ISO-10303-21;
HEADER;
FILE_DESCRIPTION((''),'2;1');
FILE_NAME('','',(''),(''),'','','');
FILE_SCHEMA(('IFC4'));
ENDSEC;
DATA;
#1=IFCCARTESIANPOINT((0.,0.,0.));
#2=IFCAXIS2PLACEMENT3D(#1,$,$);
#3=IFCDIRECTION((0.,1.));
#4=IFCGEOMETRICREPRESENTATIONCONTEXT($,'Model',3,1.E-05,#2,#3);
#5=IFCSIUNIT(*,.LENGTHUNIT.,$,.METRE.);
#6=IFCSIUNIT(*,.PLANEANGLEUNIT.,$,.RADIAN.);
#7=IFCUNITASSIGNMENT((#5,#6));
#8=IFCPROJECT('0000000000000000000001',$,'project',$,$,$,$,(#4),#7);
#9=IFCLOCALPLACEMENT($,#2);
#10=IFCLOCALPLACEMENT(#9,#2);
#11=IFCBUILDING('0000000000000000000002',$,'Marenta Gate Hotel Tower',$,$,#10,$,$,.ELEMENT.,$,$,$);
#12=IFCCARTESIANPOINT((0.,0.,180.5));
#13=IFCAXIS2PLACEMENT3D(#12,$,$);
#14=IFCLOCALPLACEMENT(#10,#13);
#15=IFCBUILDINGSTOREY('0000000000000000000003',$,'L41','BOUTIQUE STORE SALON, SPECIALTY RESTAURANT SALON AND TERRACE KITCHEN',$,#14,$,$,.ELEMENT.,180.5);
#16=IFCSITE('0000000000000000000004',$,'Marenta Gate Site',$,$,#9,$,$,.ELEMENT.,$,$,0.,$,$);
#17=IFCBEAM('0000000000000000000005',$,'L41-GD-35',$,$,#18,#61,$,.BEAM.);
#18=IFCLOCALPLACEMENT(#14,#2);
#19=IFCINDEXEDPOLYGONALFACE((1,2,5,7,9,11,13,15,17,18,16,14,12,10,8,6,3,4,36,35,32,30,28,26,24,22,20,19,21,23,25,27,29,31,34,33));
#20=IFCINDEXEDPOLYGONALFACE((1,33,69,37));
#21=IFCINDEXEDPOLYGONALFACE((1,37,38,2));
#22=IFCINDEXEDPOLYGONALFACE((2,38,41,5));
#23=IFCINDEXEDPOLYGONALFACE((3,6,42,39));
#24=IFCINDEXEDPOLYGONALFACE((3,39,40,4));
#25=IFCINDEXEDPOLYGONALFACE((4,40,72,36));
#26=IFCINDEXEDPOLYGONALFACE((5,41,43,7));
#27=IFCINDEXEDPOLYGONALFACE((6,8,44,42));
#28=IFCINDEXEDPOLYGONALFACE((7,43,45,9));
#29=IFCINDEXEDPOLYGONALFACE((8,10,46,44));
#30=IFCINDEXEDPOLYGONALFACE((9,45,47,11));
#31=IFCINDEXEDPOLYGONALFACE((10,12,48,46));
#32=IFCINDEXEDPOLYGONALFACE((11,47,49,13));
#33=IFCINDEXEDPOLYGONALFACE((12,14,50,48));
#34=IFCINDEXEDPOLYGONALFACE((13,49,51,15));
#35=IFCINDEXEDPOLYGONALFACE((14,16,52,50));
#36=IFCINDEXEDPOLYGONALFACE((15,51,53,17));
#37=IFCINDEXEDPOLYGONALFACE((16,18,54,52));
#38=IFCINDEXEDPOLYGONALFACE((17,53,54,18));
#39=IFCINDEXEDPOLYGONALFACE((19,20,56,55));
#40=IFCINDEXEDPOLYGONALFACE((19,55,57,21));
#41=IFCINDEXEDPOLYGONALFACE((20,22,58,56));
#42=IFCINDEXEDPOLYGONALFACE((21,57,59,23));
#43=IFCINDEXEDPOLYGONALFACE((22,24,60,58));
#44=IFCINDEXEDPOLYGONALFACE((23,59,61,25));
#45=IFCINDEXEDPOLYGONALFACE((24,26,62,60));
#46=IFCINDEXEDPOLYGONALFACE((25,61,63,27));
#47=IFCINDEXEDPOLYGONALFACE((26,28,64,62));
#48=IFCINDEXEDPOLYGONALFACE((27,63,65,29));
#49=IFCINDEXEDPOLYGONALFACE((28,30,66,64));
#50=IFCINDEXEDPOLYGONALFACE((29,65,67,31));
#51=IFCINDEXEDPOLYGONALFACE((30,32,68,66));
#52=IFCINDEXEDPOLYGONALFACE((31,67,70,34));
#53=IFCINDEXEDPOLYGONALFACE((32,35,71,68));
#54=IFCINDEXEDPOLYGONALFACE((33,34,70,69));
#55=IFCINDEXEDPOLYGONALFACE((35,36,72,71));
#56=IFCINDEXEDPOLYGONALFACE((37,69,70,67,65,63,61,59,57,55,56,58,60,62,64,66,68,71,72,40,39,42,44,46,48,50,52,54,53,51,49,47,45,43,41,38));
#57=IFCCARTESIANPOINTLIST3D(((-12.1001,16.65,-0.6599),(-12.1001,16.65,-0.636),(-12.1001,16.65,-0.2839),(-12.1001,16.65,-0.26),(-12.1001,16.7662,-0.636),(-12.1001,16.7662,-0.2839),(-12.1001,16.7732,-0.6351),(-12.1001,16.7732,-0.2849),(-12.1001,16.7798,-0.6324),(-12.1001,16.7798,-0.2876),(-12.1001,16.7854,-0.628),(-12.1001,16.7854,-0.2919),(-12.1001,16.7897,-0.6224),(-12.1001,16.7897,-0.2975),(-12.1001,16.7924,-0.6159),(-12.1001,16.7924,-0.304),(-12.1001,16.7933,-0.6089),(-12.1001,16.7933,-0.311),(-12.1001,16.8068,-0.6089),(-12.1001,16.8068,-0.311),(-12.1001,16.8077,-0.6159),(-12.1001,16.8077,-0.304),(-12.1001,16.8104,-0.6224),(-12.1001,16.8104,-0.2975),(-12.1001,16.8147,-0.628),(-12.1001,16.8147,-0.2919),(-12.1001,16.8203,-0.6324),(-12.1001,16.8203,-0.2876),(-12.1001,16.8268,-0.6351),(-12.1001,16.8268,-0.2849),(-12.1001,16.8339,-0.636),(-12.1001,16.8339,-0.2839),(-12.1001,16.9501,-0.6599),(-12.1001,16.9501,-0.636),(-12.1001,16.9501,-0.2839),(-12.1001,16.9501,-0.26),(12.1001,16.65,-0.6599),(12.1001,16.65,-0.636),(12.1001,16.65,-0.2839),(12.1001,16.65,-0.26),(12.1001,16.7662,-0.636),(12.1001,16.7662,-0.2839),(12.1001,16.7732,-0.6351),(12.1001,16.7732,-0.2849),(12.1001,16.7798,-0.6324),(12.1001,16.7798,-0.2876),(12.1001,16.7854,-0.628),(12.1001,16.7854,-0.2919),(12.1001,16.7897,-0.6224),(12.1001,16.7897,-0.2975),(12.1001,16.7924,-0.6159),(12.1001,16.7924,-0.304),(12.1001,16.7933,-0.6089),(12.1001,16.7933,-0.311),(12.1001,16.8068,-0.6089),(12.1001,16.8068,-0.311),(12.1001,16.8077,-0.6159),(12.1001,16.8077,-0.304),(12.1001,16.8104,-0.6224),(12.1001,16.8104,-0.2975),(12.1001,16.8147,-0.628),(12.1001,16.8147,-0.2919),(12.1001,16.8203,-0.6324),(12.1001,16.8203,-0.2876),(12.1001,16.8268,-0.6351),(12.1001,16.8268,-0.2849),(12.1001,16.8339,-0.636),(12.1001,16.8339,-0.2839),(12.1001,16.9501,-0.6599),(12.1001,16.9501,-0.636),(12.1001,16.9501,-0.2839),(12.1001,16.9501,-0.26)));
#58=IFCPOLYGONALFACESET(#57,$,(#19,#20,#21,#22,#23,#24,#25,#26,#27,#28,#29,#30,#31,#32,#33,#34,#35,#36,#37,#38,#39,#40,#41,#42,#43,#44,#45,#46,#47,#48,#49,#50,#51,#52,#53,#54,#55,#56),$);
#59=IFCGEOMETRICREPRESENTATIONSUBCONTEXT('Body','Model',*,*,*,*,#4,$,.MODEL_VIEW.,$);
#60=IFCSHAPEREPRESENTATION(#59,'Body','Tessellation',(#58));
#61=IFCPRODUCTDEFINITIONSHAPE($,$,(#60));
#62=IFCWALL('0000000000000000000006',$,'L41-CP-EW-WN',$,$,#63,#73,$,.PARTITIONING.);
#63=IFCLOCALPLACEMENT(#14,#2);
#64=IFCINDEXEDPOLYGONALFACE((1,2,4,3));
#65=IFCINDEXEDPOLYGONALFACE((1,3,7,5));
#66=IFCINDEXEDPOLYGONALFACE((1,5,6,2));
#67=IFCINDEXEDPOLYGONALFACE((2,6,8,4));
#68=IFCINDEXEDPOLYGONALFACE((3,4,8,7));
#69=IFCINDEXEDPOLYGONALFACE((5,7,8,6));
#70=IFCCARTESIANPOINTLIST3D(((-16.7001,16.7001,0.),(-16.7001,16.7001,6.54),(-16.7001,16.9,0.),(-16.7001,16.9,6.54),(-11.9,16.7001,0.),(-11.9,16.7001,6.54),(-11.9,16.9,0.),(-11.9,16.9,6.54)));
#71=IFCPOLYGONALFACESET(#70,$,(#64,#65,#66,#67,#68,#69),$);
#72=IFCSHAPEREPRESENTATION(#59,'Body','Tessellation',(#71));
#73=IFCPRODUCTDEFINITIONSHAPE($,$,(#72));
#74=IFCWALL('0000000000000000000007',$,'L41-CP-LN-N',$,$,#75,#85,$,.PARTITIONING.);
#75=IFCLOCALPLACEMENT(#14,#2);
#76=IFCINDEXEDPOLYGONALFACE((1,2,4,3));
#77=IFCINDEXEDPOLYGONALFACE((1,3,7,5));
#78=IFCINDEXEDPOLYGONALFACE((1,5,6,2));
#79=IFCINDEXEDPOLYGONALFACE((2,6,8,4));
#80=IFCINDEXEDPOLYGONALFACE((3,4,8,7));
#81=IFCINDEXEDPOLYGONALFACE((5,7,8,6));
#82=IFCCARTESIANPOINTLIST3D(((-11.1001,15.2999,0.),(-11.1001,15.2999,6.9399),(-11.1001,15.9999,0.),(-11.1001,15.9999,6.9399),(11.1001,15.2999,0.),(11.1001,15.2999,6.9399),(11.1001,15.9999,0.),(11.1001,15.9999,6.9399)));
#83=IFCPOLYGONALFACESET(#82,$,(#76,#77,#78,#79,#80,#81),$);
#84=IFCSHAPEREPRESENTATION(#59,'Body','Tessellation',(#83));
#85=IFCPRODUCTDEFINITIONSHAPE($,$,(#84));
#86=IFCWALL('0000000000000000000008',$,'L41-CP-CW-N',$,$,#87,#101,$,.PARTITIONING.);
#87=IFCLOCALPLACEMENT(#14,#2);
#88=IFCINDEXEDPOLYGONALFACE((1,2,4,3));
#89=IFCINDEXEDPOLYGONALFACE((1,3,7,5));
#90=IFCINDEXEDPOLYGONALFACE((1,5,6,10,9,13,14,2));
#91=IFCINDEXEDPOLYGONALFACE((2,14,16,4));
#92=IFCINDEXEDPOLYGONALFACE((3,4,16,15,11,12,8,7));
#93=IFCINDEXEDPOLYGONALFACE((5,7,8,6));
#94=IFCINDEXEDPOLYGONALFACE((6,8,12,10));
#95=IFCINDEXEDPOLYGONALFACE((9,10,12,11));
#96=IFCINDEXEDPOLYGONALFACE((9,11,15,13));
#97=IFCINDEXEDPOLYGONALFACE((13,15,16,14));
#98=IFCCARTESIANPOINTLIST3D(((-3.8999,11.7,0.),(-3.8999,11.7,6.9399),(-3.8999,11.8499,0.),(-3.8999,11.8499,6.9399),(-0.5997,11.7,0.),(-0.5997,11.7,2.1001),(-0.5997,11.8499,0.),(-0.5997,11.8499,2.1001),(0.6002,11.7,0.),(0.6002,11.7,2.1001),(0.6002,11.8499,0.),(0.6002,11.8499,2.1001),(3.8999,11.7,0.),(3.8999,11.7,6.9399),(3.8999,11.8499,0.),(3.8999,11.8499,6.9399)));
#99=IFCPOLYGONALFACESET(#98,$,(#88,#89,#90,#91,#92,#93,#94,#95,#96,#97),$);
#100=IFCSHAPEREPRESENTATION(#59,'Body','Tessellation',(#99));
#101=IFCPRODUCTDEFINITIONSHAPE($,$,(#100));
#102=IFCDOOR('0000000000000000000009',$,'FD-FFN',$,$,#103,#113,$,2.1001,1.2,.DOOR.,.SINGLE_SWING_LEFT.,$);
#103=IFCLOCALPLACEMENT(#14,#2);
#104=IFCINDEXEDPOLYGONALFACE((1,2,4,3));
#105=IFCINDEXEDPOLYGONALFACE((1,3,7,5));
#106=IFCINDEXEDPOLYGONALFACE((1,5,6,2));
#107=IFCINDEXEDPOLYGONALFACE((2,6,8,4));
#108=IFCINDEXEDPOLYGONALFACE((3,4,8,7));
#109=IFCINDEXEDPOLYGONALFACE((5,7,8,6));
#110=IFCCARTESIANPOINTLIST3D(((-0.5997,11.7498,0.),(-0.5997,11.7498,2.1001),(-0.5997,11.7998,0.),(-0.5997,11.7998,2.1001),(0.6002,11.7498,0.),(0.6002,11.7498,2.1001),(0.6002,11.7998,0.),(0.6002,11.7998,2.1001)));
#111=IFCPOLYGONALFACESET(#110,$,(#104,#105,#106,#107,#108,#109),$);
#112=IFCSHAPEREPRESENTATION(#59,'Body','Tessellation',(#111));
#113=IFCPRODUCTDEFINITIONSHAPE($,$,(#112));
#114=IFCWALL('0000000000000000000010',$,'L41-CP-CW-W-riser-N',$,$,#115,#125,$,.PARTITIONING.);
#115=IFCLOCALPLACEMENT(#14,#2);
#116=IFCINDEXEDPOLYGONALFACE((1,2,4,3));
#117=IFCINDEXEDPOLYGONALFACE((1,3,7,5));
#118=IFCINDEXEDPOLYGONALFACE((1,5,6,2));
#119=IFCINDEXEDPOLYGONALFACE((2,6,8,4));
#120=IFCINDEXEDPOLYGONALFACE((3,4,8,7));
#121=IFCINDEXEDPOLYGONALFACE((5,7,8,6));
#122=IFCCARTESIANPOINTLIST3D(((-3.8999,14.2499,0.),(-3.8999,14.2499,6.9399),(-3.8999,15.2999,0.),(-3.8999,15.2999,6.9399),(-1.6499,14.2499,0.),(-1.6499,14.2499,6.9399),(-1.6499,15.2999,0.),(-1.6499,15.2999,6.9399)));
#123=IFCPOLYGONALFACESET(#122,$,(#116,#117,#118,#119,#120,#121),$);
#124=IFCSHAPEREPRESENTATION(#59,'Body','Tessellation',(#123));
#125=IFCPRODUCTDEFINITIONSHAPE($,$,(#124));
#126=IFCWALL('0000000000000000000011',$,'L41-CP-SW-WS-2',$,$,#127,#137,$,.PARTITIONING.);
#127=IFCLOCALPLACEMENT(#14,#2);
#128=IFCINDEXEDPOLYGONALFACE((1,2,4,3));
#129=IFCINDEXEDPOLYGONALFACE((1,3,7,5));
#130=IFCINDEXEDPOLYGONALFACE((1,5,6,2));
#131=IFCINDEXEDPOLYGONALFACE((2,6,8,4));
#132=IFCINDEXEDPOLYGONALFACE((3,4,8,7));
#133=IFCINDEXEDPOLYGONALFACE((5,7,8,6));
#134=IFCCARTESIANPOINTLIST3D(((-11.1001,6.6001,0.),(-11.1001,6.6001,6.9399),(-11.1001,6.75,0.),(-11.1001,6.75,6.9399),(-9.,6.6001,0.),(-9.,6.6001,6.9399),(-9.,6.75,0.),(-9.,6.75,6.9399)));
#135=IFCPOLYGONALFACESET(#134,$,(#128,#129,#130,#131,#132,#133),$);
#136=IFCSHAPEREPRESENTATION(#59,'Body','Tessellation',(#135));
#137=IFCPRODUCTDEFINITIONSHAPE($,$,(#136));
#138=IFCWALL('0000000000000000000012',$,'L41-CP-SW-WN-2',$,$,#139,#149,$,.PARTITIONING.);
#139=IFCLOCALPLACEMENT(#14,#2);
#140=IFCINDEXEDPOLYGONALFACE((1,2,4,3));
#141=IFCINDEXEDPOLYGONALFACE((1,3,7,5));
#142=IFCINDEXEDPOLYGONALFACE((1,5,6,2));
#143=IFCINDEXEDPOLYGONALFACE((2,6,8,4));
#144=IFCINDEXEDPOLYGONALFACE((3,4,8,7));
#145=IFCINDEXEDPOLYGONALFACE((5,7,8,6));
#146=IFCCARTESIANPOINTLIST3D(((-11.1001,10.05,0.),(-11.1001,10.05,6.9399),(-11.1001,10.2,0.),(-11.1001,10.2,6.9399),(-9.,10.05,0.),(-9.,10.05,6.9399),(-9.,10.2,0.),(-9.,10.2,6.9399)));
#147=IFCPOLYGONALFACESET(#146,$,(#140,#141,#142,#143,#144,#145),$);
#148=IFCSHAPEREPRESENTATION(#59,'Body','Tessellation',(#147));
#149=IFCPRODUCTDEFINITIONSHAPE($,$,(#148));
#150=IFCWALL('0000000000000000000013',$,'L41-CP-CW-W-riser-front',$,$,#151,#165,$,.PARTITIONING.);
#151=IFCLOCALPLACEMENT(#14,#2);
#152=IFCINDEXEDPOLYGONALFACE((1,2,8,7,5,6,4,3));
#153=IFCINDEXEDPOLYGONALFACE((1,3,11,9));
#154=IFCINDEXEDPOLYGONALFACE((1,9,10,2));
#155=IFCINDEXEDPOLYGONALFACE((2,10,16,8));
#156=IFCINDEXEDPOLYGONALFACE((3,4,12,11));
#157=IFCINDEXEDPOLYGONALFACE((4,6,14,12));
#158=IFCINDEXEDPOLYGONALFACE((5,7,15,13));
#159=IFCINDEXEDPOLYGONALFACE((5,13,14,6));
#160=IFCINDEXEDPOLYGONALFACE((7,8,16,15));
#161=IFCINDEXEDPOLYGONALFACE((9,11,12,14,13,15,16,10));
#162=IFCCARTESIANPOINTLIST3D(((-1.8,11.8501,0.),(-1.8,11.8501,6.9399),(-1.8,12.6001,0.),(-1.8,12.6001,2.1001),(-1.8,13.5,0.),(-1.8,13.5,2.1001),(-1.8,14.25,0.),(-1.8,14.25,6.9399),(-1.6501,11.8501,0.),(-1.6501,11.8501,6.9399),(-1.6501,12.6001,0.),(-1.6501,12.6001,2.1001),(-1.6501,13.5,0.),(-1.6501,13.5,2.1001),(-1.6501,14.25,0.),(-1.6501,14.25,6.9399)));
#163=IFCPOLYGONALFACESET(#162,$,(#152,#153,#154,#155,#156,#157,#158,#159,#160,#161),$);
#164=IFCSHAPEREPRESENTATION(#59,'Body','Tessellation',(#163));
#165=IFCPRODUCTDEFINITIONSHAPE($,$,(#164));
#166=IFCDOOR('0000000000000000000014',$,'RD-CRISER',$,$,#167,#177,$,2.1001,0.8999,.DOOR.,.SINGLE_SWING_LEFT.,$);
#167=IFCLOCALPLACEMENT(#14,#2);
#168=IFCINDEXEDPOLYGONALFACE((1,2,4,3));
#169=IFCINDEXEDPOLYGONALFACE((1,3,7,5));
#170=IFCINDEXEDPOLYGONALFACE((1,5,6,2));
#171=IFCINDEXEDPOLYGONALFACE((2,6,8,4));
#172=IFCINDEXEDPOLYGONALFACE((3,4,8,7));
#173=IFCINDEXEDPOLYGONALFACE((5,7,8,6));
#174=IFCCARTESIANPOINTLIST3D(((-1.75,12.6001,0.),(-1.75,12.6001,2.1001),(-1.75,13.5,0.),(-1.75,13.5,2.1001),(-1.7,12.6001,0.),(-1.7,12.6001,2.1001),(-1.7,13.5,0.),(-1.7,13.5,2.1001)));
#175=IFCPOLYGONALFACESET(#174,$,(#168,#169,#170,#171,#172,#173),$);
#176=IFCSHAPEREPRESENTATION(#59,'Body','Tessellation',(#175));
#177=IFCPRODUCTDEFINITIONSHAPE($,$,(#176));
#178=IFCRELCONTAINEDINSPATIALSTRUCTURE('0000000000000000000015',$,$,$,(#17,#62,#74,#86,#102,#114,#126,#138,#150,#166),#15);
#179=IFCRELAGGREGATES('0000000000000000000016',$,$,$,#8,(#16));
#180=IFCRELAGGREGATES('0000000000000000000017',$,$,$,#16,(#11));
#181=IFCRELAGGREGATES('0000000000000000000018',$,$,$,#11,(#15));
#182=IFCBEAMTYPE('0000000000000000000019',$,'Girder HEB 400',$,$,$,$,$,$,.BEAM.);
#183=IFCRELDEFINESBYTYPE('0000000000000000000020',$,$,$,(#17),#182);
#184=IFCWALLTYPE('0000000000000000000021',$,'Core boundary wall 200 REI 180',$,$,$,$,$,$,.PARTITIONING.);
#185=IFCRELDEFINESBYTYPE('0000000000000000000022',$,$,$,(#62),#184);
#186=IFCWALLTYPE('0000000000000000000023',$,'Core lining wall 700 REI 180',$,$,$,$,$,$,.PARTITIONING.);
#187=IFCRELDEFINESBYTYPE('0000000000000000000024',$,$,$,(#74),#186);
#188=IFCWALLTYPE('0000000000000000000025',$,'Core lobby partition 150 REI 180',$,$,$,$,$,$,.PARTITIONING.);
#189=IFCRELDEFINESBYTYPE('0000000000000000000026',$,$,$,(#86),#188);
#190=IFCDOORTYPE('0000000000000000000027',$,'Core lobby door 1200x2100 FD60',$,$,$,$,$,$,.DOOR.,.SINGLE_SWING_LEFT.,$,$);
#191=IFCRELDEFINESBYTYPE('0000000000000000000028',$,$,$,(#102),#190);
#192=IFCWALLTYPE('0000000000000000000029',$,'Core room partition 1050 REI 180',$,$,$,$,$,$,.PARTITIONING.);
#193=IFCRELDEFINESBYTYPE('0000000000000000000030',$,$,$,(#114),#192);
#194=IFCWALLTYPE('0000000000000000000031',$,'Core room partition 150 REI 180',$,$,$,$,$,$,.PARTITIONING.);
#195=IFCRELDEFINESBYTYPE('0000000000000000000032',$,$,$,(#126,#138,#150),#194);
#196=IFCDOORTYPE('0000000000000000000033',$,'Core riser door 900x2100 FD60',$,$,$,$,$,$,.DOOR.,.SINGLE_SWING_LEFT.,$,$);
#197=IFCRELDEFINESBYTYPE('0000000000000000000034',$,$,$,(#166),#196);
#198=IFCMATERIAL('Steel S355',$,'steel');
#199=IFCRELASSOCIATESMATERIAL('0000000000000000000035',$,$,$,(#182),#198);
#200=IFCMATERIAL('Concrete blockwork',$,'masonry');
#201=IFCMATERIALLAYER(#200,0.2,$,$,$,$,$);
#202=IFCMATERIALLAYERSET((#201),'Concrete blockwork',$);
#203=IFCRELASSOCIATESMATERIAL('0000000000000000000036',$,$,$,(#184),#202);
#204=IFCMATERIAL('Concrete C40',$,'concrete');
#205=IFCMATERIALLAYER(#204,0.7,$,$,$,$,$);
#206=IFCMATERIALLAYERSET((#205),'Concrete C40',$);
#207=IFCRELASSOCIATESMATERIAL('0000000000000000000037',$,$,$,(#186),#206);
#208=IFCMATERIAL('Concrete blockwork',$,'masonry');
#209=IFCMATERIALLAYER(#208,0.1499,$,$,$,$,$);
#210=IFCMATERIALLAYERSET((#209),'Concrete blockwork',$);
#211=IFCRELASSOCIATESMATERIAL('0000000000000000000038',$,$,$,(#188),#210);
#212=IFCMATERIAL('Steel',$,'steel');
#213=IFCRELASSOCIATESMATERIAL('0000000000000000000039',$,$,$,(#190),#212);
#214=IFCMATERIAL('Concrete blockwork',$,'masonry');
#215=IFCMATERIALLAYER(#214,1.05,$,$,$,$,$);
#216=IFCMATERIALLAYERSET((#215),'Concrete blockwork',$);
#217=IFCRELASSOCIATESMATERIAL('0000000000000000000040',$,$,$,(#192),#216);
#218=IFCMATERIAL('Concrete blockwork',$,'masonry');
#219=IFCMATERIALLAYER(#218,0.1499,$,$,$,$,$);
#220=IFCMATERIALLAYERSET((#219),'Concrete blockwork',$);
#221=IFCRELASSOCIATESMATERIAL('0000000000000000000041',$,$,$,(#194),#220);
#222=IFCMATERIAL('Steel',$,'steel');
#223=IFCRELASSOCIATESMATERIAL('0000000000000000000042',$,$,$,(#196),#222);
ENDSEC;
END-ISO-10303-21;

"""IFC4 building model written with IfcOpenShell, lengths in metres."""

from ifc_helpers import new_model, si_unit, direction, frame, frame_2d, origin, origin_2d, place, context, subcontext, project, spatial, rectangle, i_section, extrude, material, layer, layer_set, material_profile, profile_set, type_object, element, fill, save


model = new_model("IFC4")

# Units and contexts
model_context = context("Model", 3, precision=1e-05, world=origin(), true_north=direction((0.0, 1.0)))
body_context = subcontext(model_context, "Body", "Model", "MODEL_VIEW")
ifc_project = project(units=[si_unit("LENGTHUNIT", "METRE"), si_unit("PLANEANGLEUNIT", "RADIAN")], contexts=[model_context])

# Site, building, storey
site_placement = place(None, origin())
site = spatial("IfcSite", under=ifc_project, at=site_placement, Name="Marenta Gate Site", CompositionType="ELEMENT", RefElevation=0.0)
building_placement = place(site_placement, origin())
building = spatial("IfcBuilding", under=site, at=building_placement, Name="Marenta Gate Hotel Tower", CompositionType="ELEMENT")
storey_placement = place(building_placement, frame((0.0, 0.0, 180.5)))
storey = spatial("IfcBuildingStorey", under=building, at=storey_placement, Name="L41", Description="BOUTIQUE STORE SALON, SPECIALTY RESTAURANT SALON AND TERRACE KITCHEN", CompositionType="ELEMENT", Elevation=180.5)

# Beam
ifc_material_1 = material(Name="Steel S355", Category="steel")
ifc_material_profile_1 = material_profile(ifc_material_1, i_section(OverallWidth=0.3, OverallDepth=0.3999, WebThickness=0.0134, FlangeThickness=0.0239, FilletRadius=0.0271, at=origin_2d()), Name="HEB 400")
ifc_profile_set_1 = profile_set([ifc_material_profile_1], Name="Steel S355")
beam_type_1 = type_object("IfcBeamType", Name="Girder HEB 400", PredefinedType="BEAM", material=ifc_profile_set_1)
beam_1_placement = place(storey_placement, frame((-12.1001, 16.8, -0.46), z_axis=(1.0, 0.0, 0.0), x_axis=(0.0, 1.0, 0.0)))
element("IfcBeam", 1, at=beam_1_placement, inside=storey, type_object=beam_type_1, Name="L41-GD-35", PredefinedType="BEAM", context=body_context, shape_type="SweptSolid", body=[
    extrude(i_section(OverallWidth=0.3, OverallDepth=0.3999, WebThickness=0.0134, FlangeThickness=0.0239, FilletRadius=0.0271, at=origin_2d()), origin(), (0.0, 0.0, 1.0), 24.2002),
])

# Walls
ifc_material_2 = material(Name="Concrete blockwork", Category="masonry")
ifc_layer_1 = layer(ifc_material_2, 0.2)
ifc_layer_set_1 = layer_set([ifc_layer_1], Name="Concrete blockwork")
wall_type_1 = type_object("IfcWallType", Name="Core boundary wall 200 REI 180", PredefinedType="PARTITIONING", material=ifc_layer_set_1)
wall_1_placement = place(storey_placement, frame((-16.7, 16.8, 0.0), z_axis=(0.0, 0.0, 1.0), x_axis=(1.0, 0.0, 0.0)))
element("IfcWall", 2, at=wall_1_placement, inside=storey, type_object=wall_type_1, Name="L41-CP-EW-WN", PredefinedType="PARTITIONING", context=body_context, shape_type="SweptSolid", body=[
    extrude(rectangle(XDim=4.8, YDim=0.2, at=frame_2d((2.3999, 0.0))), origin(), (0.0, 0.0, 1.0), 6.54),
])
ifc_material_3 = material(Name="Concrete C40", Category="concrete")
ifc_layer_2 = layer(ifc_material_3, 0.7)
ifc_layer_set_2 = layer_set([ifc_layer_2], Name="Concrete C40")
wall_type_2 = type_object("IfcWallType", Name="Core lining wall 700 REI 180", PredefinedType="PARTITIONING", material=ifc_layer_set_2)
wall_2_placement = place(storey_placement, frame((-11.1001, 15.6499, 0.0), z_axis=(0.0, 0.0, 1.0), x_axis=(1.0, 0.0, 0.0)))
element("IfcWall", 3, at=wall_2_placement, inside=storey, type_object=wall_type_2, Name="L41-CP-LN-N", PredefinedType="PARTITIONING", context=body_context, shape_type="SweptSolid", body=[
    extrude(rectangle(XDim=22.2002, YDim=0.7, at=frame_2d((11.1001, 0.0))), origin(), (0.0, 0.0, 1.0), 6.9399),
])

# Wall, opening, door
ifc_material_4 = material(Name="Concrete blockwork", Category="masonry")
ifc_layer_3 = layer(ifc_material_4, 0.1499)
ifc_layer_set_3 = layer_set([ifc_layer_3], Name="Concrete blockwork")
wall_type_3 = type_object("IfcWallType", Name="Core lobby partition 150 REI 180", PredefinedType="PARTITIONING", material=ifc_layer_set_3)
wall_3_placement = place(storey_placement, frame((-3.8999, 11.7749, 0.0), z_axis=(0.0, 0.0, 1.0), x_axis=(1.0, 0.0, 0.0)))
wall_3 = element("IfcWall", 4, at=wall_3_placement, inside=storey, type_object=wall_type_3, Name="L41-CP-CW-N", PredefinedType="PARTITIONING", context=body_context, shape_type="SweptSolid", body=[
    extrude(rectangle(XDim=7.7998, YDim=0.1499, at=frame_2d((3.8999, 0.0))), origin(), (0.0, 0.0, 1.0), 6.9399),
])
opening_1_placement = place(wall_3_placement, frame((3.3, 0.0, 0.0)))
opening_1 = element("IfcOpeningElement", 5, at=opening_1_placement, cuts=wall_3, PredefinedType="OPENING", context=body_context, shape_type="SweptSolid", body=[
    extrude(rectangle(XDim=1.2, YDim=2.1001, at=frame_2d((0.6001, 1.05))), frame((0.0, 0.075, 0.0), z_axis=(0.0, -1.0, 0.0), x_axis=(1.0, 0.0, 0.0)), (0.0, 0.0, 1.0), 0.1499),
])
ifc_material_5 = material(Name="Steel", Category="steel")
door_type_1 = type_object("IfcDoorType", Name="Core lobby door 1200x2100 FD60", OperationType="SINGLE_SWING_LEFT", PredefinedType="DOOR", material=ifc_material_5)
door_1_placement = place(opening_1_placement, origin())
door_1 = element("IfcDoor", 6, at=door_1_placement, inside=storey, type_object=door_type_1, Name="FD-FFN", OperationType="SINGLE_SWING_LEFT", OverallHeight=2.1001, OverallWidth=1.2, PredefinedType="DOOR", context=body_context, shape_type="SweptSolid", body=[
    extrude(rectangle(XDim=1.2, YDim=2.1001, at=frame_2d((0.6001, 1.05))), frame((0.0, 0.0249, 0.0), z_axis=(0.0, -1.0, 0.0), x_axis=(1.0, 0.0, 0.0)), (0.0, 0.0, 1.0), 0.05),
])
fill(opening_1, door_1)

# Walls
ifc_material_6 = material(Name="Concrete blockwork", Category="masonry")
ifc_layer_4 = layer(ifc_material_6, 1.05)
ifc_layer_set_4 = layer_set([ifc_layer_4], Name="Concrete blockwork")
wall_type_4 = type_object("IfcWallType", Name="Core room partition 1050 REI 180", PredefinedType="PARTITIONING", material=ifc_layer_set_4)
wall_4_placement = place(storey_placement, frame((-3.8999, 14.7749, 0.0), z_axis=(0.0, 0.0, 1.0), x_axis=(1.0, 0.0, 0.0)))
element("IfcWall", 7, at=wall_4_placement, inside=storey, type_object=wall_type_4, Name="L41-CP-CW-W-riser-N", PredefinedType="PARTITIONING", context=body_context, shape_type="SweptSolid", body=[
    extrude(rectangle(XDim=2.25, YDim=1.05, at=frame_2d((1.125, 0.0))), origin(), (0.0, 0.0, 1.0), 6.9399),
])
ifc_material_7 = material(Name="Concrete blockwork", Category="masonry")
ifc_layer_5 = layer(ifc_material_7, 0.1499)
ifc_layer_set_5 = layer_set([ifc_layer_5], Name="Concrete blockwork")
wall_type_5 = type_object("IfcWallType", Name="Core room partition 150 REI 180", PredefinedType="PARTITIONING", material=ifc_layer_set_5)
for number, where, z_axis, x_axis, name in (
    (8, (-11.1001, 6.675, 0.0), (0.0, 0.0, 1.0), (1.0, 0.0, 0.0), "L41-CP-SW-WS-2"),
    (9, (-11.1001, 10.125, 0.0), (0.0, 0.0, 1.0), (1.0, 0.0, 0.0), "L41-CP-SW-WN-2"),
):
    element("IfcWall", number, at=place(storey_placement, frame(where, z_axis=z_axis, x_axis=x_axis)), inside=storey, type_object=wall_type_5, Name=name, PredefinedType="PARTITIONING", context=body_context, shape_type="SweptSolid", body=[
        extrude(rectangle(XDim=2.1001, YDim=0.1499, at=frame_2d((1.05, 0.0))), origin(), (0.0, 0.0, 1.0), 6.9399),
    ])

# Wall, opening, door
wall_5_placement = place(storey_placement, frame((-1.7251, 11.8501, 0.0), z_axis=(0.0, 0.0, 1.0), x_axis=(0.0, 1.0, 0.0)))
wall_5 = element("IfcWall", 10, at=wall_5_placement, inside=storey, type_object=wall_type_5, Name="L41-CP-CW-W-riser-front", PredefinedType="PARTITIONING", context=body_context, shape_type="SweptSolid", body=[
    extrude(rectangle(XDim=2.3999, YDim=0.1499, at=frame_2d((1.2, 0.0))), origin(), (0.0, 0.0, 1.0), 6.9399),
])
opening_2_placement = place(wall_5_placement, frame((0.75, 0.0, 0.0)))
opening_2 = element("IfcOpeningElement", 11, at=opening_2_placement, cuts=wall_5, PredefinedType="OPENING", context=body_context, shape_type="SweptSolid", body=[
    extrude(rectangle(XDim=0.8999, YDim=2.1001, at=frame_2d((0.45, 1.05))), frame((0.0, 0.075, 0.0), z_axis=(0.0, -1.0, 0.0), x_axis=(1.0, 0.0, 0.0)), (0.0, 0.0, 1.0), 0.1499),
])
ifc_material_8 = material(Name="Steel", Category="steel")
door_type_2 = type_object("IfcDoorType", Name="Core riser door 900x2100 FD60", OperationType="SINGLE_SWING_LEFT", PredefinedType="DOOR", material=ifc_material_8)
door_2_placement = place(opening_2_placement, origin())
door_2 = element("IfcDoor", 12, at=door_2_placement, inside=storey, type_object=door_type_2, Name="RD-CRISER", OperationType="SINGLE_SWING_LEFT", OverallHeight=2.1001, OverallWidth=0.8999, PredefinedType="DOOR", context=body_context, shape_type="SweptSolid", body=[
    extrude(rectangle(XDim=0.8999, YDim=2.1001, at=frame_2d((0.45, 1.05))), frame((0.0, 0.0249, 0.0), z_axis=(0.0, -1.0, 0.0), x_axis=(1.0, 0.0, 0.0)), (0.0, 0.0, 1.0), 0.05),
])
fill(opening_2, door_2)

save(model, "model.ifc")
